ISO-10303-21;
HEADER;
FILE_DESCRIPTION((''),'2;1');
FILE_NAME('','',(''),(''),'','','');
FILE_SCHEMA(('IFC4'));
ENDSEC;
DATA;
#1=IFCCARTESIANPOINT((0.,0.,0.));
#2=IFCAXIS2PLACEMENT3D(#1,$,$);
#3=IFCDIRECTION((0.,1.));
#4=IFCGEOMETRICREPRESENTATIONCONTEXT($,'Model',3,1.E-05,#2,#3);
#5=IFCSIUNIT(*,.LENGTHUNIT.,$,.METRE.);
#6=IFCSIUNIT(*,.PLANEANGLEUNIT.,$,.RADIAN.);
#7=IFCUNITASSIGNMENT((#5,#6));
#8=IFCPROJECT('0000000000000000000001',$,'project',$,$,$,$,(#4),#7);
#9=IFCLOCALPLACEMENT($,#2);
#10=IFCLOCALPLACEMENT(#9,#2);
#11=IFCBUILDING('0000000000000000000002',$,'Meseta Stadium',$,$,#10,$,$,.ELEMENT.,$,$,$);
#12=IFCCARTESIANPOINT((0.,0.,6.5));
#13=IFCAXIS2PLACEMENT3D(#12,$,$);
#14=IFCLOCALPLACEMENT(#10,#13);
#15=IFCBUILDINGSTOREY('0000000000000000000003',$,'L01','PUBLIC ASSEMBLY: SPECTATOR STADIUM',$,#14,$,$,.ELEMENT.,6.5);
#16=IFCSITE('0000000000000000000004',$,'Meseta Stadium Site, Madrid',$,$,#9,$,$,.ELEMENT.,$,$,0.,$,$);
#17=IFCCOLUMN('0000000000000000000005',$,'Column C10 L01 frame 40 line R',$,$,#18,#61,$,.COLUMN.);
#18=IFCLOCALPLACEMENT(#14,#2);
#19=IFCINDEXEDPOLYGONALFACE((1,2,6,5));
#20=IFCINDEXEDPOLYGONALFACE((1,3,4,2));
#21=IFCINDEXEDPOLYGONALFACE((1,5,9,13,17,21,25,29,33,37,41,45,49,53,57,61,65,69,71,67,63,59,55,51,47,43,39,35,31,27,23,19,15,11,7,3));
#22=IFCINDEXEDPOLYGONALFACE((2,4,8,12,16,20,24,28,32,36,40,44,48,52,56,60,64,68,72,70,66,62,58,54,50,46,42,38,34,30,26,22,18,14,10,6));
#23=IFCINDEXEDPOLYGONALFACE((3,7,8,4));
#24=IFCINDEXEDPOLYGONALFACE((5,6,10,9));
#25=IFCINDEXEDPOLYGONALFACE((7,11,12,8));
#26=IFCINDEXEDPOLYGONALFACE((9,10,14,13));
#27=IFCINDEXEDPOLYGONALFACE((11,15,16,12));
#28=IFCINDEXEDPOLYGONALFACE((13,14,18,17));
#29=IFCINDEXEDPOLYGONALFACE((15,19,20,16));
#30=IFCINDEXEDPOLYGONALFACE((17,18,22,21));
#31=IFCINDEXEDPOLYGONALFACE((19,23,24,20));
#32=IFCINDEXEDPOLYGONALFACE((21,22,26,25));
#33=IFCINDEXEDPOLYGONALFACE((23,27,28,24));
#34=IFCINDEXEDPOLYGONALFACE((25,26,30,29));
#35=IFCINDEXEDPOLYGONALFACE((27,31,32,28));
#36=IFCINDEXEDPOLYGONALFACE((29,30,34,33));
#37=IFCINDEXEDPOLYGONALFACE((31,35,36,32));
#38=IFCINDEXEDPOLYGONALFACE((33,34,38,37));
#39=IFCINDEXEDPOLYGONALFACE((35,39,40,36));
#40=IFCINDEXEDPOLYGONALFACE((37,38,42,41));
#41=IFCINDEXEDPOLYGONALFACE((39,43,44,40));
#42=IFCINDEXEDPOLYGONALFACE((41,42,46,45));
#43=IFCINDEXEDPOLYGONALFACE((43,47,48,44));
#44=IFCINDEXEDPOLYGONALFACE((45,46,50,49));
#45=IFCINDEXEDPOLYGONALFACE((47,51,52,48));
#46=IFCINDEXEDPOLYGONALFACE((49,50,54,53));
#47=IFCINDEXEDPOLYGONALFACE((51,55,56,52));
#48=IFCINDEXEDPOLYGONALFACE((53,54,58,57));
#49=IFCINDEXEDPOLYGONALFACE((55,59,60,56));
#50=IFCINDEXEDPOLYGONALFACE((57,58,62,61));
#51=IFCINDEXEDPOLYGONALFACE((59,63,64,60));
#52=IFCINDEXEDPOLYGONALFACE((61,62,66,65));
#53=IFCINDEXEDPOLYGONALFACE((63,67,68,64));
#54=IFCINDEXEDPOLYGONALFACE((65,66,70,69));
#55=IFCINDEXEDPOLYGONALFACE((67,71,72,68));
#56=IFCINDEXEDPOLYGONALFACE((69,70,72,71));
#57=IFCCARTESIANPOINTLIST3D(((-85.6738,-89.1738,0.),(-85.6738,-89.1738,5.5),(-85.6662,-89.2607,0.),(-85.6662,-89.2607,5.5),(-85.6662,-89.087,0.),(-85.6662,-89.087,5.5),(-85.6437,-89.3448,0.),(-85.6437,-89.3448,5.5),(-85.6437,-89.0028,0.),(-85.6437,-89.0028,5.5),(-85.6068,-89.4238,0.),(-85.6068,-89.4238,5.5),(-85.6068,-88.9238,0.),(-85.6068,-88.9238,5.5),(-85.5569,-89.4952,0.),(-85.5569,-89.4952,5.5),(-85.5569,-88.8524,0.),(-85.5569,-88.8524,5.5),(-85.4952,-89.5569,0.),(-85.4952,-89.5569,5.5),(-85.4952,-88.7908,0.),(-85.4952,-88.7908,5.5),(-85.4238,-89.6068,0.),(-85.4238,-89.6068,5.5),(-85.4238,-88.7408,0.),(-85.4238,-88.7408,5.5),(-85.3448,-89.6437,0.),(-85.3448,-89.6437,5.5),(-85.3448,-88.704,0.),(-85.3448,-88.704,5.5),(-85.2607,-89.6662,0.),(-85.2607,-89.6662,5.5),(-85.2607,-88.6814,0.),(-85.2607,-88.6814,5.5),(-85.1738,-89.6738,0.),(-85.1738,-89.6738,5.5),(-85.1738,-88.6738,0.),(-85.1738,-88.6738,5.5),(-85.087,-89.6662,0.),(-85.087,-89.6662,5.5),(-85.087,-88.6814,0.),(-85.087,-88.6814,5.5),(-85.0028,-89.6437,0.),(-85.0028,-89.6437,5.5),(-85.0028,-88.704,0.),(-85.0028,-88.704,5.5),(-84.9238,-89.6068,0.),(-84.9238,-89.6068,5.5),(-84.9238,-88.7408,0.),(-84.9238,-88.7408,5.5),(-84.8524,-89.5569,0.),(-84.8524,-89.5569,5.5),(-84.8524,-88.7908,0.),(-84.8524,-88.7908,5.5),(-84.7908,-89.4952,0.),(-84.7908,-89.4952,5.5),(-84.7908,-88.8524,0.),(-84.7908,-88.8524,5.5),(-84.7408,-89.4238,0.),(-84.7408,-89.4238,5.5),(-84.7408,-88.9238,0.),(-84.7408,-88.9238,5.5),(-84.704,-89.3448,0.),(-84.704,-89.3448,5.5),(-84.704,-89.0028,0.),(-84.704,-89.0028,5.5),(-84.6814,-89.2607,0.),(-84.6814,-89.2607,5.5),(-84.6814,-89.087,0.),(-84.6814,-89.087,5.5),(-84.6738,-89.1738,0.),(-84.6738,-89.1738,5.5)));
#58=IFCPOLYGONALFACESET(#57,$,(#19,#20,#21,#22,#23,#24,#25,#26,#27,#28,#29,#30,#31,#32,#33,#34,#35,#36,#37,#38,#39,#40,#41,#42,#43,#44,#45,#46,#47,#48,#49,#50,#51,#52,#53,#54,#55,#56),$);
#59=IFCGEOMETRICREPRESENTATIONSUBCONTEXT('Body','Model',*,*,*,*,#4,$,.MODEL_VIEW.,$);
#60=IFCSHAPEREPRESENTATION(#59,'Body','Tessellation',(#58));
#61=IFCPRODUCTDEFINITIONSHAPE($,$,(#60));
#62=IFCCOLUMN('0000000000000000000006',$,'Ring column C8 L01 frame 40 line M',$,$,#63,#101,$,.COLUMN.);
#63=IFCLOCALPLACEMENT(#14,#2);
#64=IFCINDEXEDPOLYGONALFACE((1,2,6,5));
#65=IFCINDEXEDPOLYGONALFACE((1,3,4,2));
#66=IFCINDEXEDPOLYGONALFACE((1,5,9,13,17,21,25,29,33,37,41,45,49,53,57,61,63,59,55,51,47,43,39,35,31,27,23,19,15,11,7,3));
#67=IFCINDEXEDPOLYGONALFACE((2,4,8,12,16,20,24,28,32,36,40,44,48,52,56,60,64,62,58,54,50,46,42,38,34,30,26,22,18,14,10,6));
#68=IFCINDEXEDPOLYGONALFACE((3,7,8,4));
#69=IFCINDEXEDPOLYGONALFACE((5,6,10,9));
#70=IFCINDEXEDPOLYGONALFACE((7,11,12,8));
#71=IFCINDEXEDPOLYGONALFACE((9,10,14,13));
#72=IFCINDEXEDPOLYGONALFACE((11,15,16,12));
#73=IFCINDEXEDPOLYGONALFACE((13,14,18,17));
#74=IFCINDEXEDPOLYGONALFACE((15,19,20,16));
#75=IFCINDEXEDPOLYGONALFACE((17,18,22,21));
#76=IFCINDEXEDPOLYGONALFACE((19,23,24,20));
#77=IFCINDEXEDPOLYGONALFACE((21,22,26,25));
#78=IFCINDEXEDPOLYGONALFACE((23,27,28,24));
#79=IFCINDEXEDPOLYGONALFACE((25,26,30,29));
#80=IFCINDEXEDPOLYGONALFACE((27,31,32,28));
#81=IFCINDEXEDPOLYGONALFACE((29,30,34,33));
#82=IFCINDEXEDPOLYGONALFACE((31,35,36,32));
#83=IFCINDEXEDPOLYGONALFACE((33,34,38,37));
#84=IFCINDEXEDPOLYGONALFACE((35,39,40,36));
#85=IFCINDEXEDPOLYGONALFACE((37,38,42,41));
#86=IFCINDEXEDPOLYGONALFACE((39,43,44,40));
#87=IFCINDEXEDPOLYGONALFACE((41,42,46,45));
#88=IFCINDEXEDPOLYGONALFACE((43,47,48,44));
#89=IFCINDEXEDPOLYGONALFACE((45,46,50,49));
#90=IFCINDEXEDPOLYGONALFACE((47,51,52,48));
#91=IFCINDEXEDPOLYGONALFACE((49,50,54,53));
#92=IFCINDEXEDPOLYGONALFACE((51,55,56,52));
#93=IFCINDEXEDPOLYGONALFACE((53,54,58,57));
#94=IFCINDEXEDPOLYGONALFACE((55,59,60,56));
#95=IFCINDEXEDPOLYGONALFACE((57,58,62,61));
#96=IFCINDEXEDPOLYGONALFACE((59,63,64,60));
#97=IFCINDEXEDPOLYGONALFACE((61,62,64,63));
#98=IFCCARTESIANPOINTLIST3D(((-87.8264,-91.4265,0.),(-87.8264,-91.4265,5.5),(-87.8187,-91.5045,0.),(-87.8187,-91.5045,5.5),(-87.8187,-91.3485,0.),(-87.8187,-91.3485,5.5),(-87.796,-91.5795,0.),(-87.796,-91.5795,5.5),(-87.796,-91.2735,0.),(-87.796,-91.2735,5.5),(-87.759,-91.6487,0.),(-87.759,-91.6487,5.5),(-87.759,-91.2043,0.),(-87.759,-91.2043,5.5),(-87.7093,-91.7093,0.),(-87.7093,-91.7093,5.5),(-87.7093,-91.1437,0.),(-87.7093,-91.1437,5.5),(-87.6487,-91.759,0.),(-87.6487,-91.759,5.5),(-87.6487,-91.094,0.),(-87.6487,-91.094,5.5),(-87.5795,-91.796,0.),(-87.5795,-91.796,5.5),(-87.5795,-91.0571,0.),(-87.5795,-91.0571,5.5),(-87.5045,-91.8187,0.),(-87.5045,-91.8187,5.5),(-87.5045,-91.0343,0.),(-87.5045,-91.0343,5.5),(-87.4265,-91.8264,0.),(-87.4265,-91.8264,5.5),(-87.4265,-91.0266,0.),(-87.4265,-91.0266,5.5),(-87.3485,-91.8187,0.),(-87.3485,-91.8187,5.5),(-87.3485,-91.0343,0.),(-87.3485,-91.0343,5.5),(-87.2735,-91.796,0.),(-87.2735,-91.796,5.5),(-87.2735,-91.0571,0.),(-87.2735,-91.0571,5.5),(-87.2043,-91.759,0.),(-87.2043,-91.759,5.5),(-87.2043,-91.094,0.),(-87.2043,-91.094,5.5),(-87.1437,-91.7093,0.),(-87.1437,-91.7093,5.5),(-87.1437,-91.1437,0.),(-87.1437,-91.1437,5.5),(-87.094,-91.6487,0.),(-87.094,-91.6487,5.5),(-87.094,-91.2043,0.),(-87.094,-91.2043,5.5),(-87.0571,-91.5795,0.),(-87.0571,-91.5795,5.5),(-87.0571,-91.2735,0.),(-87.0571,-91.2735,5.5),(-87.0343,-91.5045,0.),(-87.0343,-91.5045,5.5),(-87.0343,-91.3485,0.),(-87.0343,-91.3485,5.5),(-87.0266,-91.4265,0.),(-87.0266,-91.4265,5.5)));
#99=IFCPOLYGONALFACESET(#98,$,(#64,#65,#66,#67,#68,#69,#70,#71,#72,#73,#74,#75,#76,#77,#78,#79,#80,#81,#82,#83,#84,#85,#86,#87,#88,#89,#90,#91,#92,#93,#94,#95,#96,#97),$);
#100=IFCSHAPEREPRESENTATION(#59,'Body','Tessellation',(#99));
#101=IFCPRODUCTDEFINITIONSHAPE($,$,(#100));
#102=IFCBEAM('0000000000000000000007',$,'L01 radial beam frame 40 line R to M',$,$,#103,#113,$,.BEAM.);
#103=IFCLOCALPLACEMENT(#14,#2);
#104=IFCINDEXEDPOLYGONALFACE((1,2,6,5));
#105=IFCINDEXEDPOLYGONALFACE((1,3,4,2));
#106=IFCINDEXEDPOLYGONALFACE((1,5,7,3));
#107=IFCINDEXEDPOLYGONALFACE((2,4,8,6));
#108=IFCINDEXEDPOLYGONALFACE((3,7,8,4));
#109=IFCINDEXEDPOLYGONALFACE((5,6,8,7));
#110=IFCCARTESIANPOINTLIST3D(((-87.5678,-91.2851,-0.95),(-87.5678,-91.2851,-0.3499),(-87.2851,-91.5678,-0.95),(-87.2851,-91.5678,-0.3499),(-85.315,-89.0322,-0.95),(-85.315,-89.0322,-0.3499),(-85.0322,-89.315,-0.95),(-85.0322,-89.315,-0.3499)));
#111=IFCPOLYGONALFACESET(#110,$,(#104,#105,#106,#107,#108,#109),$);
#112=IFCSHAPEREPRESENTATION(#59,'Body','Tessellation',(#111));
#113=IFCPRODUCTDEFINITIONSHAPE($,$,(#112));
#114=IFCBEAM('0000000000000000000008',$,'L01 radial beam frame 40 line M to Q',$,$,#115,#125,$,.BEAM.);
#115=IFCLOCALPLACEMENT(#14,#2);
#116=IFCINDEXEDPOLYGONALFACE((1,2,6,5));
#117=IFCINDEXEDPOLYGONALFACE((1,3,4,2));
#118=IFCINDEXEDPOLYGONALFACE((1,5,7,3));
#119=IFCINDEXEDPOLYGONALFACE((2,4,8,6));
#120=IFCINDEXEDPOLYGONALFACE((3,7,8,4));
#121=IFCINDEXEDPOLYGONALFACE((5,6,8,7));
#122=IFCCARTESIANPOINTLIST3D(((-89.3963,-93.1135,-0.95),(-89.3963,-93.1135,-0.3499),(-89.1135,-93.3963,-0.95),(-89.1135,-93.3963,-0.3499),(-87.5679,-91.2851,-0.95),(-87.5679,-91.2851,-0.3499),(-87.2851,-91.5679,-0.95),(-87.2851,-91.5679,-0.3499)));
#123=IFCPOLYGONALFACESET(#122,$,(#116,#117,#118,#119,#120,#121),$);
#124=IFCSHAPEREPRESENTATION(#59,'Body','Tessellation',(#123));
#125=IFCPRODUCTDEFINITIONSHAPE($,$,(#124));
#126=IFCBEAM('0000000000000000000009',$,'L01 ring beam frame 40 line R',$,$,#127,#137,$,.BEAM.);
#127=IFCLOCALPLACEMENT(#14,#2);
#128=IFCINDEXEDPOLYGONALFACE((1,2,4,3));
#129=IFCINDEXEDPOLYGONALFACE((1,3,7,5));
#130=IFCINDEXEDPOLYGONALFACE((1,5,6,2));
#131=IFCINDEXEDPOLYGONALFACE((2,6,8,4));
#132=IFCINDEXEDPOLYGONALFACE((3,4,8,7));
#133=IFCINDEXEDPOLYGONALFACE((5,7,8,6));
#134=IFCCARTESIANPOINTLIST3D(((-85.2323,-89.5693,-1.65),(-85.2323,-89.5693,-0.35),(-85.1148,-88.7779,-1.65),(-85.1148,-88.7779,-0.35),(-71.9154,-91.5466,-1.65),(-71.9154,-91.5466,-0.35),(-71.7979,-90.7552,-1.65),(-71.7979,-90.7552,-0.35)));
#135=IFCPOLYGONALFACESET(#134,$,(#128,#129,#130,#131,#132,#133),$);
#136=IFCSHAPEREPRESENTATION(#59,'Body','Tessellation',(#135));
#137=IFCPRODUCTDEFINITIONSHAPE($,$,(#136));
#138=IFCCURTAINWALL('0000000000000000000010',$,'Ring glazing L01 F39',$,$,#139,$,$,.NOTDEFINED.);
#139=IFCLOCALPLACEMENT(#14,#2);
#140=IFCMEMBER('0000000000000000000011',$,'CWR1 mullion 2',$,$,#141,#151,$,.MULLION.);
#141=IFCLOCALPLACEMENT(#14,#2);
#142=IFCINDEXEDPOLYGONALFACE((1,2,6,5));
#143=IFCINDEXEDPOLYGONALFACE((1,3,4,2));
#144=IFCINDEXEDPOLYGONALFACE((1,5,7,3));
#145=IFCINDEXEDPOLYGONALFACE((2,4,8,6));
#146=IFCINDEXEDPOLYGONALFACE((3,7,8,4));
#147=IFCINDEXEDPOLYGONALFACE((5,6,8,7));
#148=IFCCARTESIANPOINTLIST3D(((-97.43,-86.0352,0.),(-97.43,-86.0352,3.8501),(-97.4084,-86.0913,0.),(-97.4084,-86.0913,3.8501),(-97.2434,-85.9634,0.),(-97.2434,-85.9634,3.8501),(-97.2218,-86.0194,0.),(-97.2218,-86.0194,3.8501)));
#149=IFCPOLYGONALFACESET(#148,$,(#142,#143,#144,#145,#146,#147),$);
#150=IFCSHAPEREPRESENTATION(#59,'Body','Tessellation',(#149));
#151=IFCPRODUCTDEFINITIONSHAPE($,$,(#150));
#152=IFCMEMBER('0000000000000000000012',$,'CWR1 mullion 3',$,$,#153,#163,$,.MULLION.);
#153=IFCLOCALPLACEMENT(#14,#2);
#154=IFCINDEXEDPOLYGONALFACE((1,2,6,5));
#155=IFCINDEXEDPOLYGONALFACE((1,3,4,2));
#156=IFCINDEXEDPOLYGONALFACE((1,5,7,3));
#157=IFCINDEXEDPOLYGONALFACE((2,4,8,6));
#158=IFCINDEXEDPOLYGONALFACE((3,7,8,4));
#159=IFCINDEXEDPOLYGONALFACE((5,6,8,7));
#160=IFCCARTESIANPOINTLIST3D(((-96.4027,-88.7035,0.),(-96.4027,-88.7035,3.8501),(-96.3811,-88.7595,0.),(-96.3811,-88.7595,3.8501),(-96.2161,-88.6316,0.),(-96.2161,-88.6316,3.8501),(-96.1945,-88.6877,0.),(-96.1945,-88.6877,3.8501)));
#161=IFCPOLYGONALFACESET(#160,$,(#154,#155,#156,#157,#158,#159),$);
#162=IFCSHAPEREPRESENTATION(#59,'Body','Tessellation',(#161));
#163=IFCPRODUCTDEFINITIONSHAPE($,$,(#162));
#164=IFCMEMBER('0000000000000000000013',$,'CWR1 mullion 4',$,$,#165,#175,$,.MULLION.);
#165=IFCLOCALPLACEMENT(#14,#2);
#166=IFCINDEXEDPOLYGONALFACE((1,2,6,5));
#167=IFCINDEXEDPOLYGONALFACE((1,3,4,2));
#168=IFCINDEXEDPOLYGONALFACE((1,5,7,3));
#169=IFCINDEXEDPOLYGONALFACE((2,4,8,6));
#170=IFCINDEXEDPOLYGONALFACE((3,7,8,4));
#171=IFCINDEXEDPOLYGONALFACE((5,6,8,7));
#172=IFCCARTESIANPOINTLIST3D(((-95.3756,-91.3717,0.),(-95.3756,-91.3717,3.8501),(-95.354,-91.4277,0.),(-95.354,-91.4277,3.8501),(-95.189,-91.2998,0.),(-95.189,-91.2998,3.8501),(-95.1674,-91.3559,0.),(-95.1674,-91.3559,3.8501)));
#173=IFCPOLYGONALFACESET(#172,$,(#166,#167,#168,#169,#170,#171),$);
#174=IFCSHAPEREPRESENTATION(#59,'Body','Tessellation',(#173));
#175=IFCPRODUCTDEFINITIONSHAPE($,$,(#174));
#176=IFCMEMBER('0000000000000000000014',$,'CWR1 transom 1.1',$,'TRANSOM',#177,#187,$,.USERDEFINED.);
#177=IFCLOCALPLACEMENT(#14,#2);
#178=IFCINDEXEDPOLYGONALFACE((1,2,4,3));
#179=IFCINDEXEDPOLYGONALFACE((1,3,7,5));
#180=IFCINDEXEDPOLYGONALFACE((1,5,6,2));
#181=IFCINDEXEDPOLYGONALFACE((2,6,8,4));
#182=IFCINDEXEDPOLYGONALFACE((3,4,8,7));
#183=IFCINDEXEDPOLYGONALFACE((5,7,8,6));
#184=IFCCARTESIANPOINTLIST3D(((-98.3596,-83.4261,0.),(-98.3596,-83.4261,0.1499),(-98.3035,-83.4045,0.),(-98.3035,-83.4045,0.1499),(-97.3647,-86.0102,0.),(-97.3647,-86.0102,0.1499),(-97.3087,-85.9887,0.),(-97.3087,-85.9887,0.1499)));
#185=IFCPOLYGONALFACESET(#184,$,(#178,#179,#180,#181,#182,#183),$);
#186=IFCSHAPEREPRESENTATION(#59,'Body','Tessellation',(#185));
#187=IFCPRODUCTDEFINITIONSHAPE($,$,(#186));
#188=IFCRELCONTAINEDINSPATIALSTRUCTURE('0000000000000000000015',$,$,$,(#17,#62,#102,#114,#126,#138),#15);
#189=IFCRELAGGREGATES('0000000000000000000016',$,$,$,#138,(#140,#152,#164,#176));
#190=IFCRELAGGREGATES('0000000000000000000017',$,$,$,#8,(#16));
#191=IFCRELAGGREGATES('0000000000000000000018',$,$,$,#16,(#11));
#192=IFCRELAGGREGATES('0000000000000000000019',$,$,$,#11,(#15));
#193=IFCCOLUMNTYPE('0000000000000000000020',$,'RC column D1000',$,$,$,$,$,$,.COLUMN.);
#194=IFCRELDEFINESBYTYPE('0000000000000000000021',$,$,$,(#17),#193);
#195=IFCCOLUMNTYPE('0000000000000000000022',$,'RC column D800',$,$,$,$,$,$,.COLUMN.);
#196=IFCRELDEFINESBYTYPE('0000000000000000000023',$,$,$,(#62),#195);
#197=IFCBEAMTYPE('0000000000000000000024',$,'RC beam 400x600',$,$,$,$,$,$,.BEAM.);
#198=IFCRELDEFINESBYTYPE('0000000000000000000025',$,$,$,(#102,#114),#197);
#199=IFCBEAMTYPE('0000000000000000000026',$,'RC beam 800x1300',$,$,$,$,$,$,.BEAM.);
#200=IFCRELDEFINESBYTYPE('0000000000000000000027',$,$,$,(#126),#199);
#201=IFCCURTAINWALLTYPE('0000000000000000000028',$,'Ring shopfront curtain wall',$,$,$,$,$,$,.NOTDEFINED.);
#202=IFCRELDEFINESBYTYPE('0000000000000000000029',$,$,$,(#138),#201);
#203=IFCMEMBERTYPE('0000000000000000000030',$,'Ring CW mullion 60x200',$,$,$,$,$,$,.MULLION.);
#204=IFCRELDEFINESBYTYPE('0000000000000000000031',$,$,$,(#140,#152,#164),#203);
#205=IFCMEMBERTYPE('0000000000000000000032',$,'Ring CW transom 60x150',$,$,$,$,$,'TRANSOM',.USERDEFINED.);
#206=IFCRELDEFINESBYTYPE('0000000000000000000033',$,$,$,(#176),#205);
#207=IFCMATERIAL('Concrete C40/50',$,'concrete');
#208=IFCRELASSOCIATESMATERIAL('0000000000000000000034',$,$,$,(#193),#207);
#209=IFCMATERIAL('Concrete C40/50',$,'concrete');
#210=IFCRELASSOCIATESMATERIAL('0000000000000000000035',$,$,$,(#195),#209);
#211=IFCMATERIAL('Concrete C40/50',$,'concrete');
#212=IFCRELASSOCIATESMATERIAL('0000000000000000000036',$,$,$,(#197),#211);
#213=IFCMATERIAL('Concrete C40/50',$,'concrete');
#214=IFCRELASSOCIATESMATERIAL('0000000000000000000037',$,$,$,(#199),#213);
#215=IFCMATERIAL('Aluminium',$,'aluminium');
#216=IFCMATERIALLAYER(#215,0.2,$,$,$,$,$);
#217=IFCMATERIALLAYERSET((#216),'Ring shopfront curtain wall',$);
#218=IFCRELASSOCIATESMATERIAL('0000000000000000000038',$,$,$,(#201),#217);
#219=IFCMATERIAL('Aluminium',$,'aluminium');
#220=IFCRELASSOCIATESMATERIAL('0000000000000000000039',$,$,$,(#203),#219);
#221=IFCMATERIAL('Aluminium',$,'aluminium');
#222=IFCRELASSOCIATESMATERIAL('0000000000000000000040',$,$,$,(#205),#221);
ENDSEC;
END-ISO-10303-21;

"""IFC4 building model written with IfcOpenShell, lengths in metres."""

from ifc_helpers import new_model, si_unit, direction, frame, origin, origin_2d, place, context, subcontext, project, spatial, rectangle, circle, extrude, material, layer, layer_set, material_profile, profile_set, type_object, element, aggregate, save


model = new_model("IFC4")

# Units and contexts
model_context = context("Model", 3, precision=1e-05, world=origin(), true_north=direction((0.0, 1.0)))
body_context = subcontext(model_context, "Body", "Model", "MODEL_VIEW")
ifc_project = project(units=[si_unit("LENGTHUNIT", "METRE"), si_unit("PLANEANGLEUNIT", "RADIAN")], contexts=[model_context])

# Site, building, storey
site_placement = place(None, origin())
site = spatial("IfcSite", under=ifc_project, at=site_placement, Name="Meseta Stadium Site, Madrid", CompositionType="ELEMENT", RefElevation=0.0)
building_placement = place(site_placement, origin())
building = spatial("IfcBuilding", under=site, at=building_placement, Name="Meseta Stadium", CompositionType="ELEMENT")
storey_placement = place(building_placement, frame((0.0, 0.0, 6.5)))
storey = spatial("IfcBuildingStorey", under=building, at=storey_placement, Name="L01", Description="PUBLIC ASSEMBLY: SPECTATOR STADIUM", CompositionType="ELEMENT", Elevation=6.5)

# Columns
ifc_material_1 = material(Name="Concrete C40/50", Category="concrete")
ifc_material_profile_1 = material_profile(ifc_material_1, circle(Radius=0.5, at=origin_2d()), Name="RC D1000")
ifc_profile_set_1 = profile_set([ifc_material_profile_1], Name="Concrete C40/50")
column_type_1 = type_object("IfcColumnType", Name="RC column D1000", PredefinedType="COLUMN", material=ifc_profile_set_1)
column_1_placement = place(storey_placement, frame((-85.1738, -89.1738, 0.0), z_axis=(0.0, 0.0, 1.0), x_axis=(1.0, 0.0, 0.0)))
element("IfcColumn", 1, at=column_1_placement, inside=storey, type_object=column_type_1, Name="Column C10 L01 frame 40 line R", PredefinedType="COLUMN", context=body_context, shape_type="SweptSolid", body=[
    extrude(circle(Radius=0.5, at=origin_2d()), origin(), (0.0, 0.0, 1.0), 5.5),
])
ifc_material_2 = material(Name="Concrete C40/50", Category="concrete")
ifc_material_profile_2 = material_profile(ifc_material_2, circle(Radius=0.3999, at=origin_2d()), Name="RC D800")
ifc_profile_set_2 = profile_set([ifc_material_profile_2], Name="Concrete C40/50")
column_type_2 = type_object("IfcColumnType", Name="RC column D800", PredefinedType="COLUMN", material=ifc_profile_set_2)
column_2_placement = place(storey_placement, frame((-87.4265, -91.4265, 0.0), z_axis=(0.0, 0.0, 1.0), x_axis=(1.0, 0.0, 0.0)))
element("IfcColumn", 2, at=column_2_placement, inside=storey, type_object=column_type_2, Name="Ring column C8 L01 frame 40 line M", PredefinedType="COLUMN", context=body_context, shape_type="SweptSolid", body=[
    extrude(circle(Radius=0.3999, at=origin_2d()), origin(), (0.0, 0.0, 1.0), 5.5),
])

# Beams
ifc_material_3 = material(Name="Concrete C40/50", Category="concrete")
ifc_material_profile_3 = material_profile(ifc_material_3, rectangle(XDim=0.3999, YDim=0.6001, at=origin_2d()), Name="RC 400x600")
ifc_profile_set_3 = profile_set([ifc_material_profile_3], Name="Concrete C40/50")
beam_type_1 = type_object("IfcBeamType", Name="RC beam 400x600", PredefinedType="BEAM", material=ifc_profile_set_3)
beam_1_placement = place(storey_placement, frame((-85.1736, -89.1736, -0.6499), z_axis=(-0.707107, -0.707107, 0.0), x_axis=(0.707107, -0.707107, 0.0)))
element("IfcBeam", 3, at=beam_1_placement, inside=storey, type_object=beam_type_1, Name="L01 radial beam frame 40 line R to M", PredefinedType="BEAM", context=body_context, shape_type="SweptSolid", body=[
    extrude(rectangle(XDim=0.3999, YDim=0.6001, at=origin_2d()), origin(), (0.0, 0.0, 1.0), 3.186),
])
beam_2_placement = place(storey_placement, frame((-87.4265, -91.4265, -0.6499), z_axis=(-0.707107, -0.707107, 0.0), x_axis=(0.707107, -0.707107, 0.0)))
element("IfcBeam", 4, at=beam_2_placement, inside=storey, type_object=beam_type_1, Name="L01 radial beam frame 40 line M to Q", PredefinedType="BEAM", context=body_context, shape_type="SweptSolid", body=[
    extrude(rectangle(XDim=0.3999, YDim=0.6001, at=origin_2d()), origin(), (0.0, 0.0, 1.0), 2.5857),
])
ifc_material_4 = material(Name="Concrete C40/50", Category="concrete")
ifc_material_profile_4 = material_profile(ifc_material_4, rectangle(XDim=0.8, YDim=1.3, at=origin_2d()), Name="RC 800x1300")
ifc_profile_set_4 = profile_set([ifc_material_profile_4], Name="Concrete C40/50")
beam_type_2 = type_object("IfcBeamType", Name="RC beam 800x1300", PredefinedType="BEAM", material=ifc_profile_set_4)
beam_3_placement = place(storey_placement, frame((-85.1736, -89.1736, -1.0), z_axis=(0.989156, -0.14687, 0.0), x_axis=(0.14687, 0.989156, 0.0)))
element("IfcBeam", 5, at=beam_3_placement, inside=storey, type_object=beam_type_2, Name="L01 ring beam frame 40 line R", PredefinedType="BEAM", context=body_context, shape_type="SweptSolid", body=[
    extrude(rectangle(XDim=0.8, YDim=1.3, at=origin_2d()), origin(), (0.0, 0.0, 1.0), 13.4629),
])

# Curtain wall, members
ifc_material_5 = material(Name="Aluminium", Category="aluminium")
ifc_layer_1 = layer(ifc_material_5, 0.2)
ifc_layer_set_1 = layer_set([ifc_layer_1], Name="Ring shopfront curtain wall")
curtain_wall_type = type_object("IfcCurtainWallType", Name="Ring shopfront curtain wall", PredefinedType="NOTDEFINED", material=ifc_layer_set_1)
curtain_wall_placement = place(storey_placement, origin())
curtain_wall = element("IfcCurtainWall", 6, at=curtain_wall_placement, inside=storey, type_object=curtain_wall_type, Name="Ring glazing L01 F39", PredefinedType="NOTDEFINED")
ifc_material_6 = material(Name="Aluminium", Category="aluminium")
ifc_material_profile_5 = material_profile(ifc_material_6, rectangle(XDim=0.2, YDim=0.0601, at=origin_2d()), Name="CW 200x60")
ifc_profile_set_5 = profile_set([ifc_material_profile_5], Name="Aluminium")
member_type_1 = type_object("IfcMemberType", Name="Ring CW mullion 60x200", PredefinedType="MULLION", material=ifc_profile_set_5)
member_1_placement = place(storey_placement, frame((-97.3259, -86.0273, 0.0), z_axis=(0.0, 0.0, 1.0), x_axis=(0.933221, 0.359302, 0.0)))
member_1 = element("IfcMember", 7, at=member_1_placement, type_object=member_type_1, Name="CWR1 mullion 2", PredefinedType="MULLION", context=body_context, shape_type="SweptSolid", body=[
    extrude(rectangle(XDim=0.2, YDim=0.0601, at=origin_2d()), origin(), (0.0, 0.0, 1.0), 3.8501),
])
member_2_placement = place(storey_placement, frame((-96.2986, -88.6956, 0.0), z_axis=(0.0, 0.0, 1.0), x_axis=(0.933221, 0.359302, 0.0)))
member_2 = element("IfcMember", 8, at=member_2_placement, type_object=member_type_1, Name="CWR1 mullion 3", PredefinedType="MULLION", context=body_context, shape_type="SweptSolid", body=[
    extrude(rectangle(XDim=0.2, YDim=0.0601, at=origin_2d()), origin(), (0.0, 0.0, 1.0), 3.8501),
])
member_3_placement = place(storey_placement, frame((-95.2715, -91.3638, 0.0), z_axis=(0.0, 0.0, 1.0), x_axis=(0.933221, 0.359302, 0.0)))
member_3 = element("IfcMember", 9, at=member_3_placement, type_object=member_type_1, Name="CWR1 mullion 4", PredefinedType="MULLION", context=body_context, shape_type="SweptSolid", body=[
    extrude(rectangle(XDim=0.2, YDim=0.0601, at=origin_2d()), origin(), (0.0, 0.0, 1.0), 3.8501),
])
ifc_material_7 = material(Name="Aluminium", Category="aluminium")
ifc_material_profile_6 = material_profile(ifc_material_7, rectangle(XDim=0.0601, YDim=0.1499, at=origin_2d()), Name="CW 60x150")
ifc_profile_set_6 = profile_set([ifc_material_profile_6], Name="Aluminium")
member_type_2 = type_object("IfcMemberType", Name="Ring CW transom 60x150", ElementType="TRANSOM", PredefinedType="USERDEFINED", material=ifc_profile_set_6)
member_4_placement = place(storey_placement, frame((-98.3315, -83.4153, 0.075), z_axis=(0.359274, -0.933232, 0.0), x_axis=(0.933232, 0.359274, 0.0)))
member_4 = element("IfcMember", 10, at=member_4_placement, type_object=member_type_2, Name="CWR1 transom 1.1", ObjectType="TRANSOM", PredefinedType="USERDEFINED", context=body_context, shape_type="SweptSolid", body=[
    extrude(rectangle(XDim=0.0601, YDim=0.1499, at=origin_2d()), origin(), (0.0, 0.0, 1.0), 2.769),
])
aggregate(curtain_wall, [member_1, member_2, member_3, member_4])

save(model, "model.ifc")
